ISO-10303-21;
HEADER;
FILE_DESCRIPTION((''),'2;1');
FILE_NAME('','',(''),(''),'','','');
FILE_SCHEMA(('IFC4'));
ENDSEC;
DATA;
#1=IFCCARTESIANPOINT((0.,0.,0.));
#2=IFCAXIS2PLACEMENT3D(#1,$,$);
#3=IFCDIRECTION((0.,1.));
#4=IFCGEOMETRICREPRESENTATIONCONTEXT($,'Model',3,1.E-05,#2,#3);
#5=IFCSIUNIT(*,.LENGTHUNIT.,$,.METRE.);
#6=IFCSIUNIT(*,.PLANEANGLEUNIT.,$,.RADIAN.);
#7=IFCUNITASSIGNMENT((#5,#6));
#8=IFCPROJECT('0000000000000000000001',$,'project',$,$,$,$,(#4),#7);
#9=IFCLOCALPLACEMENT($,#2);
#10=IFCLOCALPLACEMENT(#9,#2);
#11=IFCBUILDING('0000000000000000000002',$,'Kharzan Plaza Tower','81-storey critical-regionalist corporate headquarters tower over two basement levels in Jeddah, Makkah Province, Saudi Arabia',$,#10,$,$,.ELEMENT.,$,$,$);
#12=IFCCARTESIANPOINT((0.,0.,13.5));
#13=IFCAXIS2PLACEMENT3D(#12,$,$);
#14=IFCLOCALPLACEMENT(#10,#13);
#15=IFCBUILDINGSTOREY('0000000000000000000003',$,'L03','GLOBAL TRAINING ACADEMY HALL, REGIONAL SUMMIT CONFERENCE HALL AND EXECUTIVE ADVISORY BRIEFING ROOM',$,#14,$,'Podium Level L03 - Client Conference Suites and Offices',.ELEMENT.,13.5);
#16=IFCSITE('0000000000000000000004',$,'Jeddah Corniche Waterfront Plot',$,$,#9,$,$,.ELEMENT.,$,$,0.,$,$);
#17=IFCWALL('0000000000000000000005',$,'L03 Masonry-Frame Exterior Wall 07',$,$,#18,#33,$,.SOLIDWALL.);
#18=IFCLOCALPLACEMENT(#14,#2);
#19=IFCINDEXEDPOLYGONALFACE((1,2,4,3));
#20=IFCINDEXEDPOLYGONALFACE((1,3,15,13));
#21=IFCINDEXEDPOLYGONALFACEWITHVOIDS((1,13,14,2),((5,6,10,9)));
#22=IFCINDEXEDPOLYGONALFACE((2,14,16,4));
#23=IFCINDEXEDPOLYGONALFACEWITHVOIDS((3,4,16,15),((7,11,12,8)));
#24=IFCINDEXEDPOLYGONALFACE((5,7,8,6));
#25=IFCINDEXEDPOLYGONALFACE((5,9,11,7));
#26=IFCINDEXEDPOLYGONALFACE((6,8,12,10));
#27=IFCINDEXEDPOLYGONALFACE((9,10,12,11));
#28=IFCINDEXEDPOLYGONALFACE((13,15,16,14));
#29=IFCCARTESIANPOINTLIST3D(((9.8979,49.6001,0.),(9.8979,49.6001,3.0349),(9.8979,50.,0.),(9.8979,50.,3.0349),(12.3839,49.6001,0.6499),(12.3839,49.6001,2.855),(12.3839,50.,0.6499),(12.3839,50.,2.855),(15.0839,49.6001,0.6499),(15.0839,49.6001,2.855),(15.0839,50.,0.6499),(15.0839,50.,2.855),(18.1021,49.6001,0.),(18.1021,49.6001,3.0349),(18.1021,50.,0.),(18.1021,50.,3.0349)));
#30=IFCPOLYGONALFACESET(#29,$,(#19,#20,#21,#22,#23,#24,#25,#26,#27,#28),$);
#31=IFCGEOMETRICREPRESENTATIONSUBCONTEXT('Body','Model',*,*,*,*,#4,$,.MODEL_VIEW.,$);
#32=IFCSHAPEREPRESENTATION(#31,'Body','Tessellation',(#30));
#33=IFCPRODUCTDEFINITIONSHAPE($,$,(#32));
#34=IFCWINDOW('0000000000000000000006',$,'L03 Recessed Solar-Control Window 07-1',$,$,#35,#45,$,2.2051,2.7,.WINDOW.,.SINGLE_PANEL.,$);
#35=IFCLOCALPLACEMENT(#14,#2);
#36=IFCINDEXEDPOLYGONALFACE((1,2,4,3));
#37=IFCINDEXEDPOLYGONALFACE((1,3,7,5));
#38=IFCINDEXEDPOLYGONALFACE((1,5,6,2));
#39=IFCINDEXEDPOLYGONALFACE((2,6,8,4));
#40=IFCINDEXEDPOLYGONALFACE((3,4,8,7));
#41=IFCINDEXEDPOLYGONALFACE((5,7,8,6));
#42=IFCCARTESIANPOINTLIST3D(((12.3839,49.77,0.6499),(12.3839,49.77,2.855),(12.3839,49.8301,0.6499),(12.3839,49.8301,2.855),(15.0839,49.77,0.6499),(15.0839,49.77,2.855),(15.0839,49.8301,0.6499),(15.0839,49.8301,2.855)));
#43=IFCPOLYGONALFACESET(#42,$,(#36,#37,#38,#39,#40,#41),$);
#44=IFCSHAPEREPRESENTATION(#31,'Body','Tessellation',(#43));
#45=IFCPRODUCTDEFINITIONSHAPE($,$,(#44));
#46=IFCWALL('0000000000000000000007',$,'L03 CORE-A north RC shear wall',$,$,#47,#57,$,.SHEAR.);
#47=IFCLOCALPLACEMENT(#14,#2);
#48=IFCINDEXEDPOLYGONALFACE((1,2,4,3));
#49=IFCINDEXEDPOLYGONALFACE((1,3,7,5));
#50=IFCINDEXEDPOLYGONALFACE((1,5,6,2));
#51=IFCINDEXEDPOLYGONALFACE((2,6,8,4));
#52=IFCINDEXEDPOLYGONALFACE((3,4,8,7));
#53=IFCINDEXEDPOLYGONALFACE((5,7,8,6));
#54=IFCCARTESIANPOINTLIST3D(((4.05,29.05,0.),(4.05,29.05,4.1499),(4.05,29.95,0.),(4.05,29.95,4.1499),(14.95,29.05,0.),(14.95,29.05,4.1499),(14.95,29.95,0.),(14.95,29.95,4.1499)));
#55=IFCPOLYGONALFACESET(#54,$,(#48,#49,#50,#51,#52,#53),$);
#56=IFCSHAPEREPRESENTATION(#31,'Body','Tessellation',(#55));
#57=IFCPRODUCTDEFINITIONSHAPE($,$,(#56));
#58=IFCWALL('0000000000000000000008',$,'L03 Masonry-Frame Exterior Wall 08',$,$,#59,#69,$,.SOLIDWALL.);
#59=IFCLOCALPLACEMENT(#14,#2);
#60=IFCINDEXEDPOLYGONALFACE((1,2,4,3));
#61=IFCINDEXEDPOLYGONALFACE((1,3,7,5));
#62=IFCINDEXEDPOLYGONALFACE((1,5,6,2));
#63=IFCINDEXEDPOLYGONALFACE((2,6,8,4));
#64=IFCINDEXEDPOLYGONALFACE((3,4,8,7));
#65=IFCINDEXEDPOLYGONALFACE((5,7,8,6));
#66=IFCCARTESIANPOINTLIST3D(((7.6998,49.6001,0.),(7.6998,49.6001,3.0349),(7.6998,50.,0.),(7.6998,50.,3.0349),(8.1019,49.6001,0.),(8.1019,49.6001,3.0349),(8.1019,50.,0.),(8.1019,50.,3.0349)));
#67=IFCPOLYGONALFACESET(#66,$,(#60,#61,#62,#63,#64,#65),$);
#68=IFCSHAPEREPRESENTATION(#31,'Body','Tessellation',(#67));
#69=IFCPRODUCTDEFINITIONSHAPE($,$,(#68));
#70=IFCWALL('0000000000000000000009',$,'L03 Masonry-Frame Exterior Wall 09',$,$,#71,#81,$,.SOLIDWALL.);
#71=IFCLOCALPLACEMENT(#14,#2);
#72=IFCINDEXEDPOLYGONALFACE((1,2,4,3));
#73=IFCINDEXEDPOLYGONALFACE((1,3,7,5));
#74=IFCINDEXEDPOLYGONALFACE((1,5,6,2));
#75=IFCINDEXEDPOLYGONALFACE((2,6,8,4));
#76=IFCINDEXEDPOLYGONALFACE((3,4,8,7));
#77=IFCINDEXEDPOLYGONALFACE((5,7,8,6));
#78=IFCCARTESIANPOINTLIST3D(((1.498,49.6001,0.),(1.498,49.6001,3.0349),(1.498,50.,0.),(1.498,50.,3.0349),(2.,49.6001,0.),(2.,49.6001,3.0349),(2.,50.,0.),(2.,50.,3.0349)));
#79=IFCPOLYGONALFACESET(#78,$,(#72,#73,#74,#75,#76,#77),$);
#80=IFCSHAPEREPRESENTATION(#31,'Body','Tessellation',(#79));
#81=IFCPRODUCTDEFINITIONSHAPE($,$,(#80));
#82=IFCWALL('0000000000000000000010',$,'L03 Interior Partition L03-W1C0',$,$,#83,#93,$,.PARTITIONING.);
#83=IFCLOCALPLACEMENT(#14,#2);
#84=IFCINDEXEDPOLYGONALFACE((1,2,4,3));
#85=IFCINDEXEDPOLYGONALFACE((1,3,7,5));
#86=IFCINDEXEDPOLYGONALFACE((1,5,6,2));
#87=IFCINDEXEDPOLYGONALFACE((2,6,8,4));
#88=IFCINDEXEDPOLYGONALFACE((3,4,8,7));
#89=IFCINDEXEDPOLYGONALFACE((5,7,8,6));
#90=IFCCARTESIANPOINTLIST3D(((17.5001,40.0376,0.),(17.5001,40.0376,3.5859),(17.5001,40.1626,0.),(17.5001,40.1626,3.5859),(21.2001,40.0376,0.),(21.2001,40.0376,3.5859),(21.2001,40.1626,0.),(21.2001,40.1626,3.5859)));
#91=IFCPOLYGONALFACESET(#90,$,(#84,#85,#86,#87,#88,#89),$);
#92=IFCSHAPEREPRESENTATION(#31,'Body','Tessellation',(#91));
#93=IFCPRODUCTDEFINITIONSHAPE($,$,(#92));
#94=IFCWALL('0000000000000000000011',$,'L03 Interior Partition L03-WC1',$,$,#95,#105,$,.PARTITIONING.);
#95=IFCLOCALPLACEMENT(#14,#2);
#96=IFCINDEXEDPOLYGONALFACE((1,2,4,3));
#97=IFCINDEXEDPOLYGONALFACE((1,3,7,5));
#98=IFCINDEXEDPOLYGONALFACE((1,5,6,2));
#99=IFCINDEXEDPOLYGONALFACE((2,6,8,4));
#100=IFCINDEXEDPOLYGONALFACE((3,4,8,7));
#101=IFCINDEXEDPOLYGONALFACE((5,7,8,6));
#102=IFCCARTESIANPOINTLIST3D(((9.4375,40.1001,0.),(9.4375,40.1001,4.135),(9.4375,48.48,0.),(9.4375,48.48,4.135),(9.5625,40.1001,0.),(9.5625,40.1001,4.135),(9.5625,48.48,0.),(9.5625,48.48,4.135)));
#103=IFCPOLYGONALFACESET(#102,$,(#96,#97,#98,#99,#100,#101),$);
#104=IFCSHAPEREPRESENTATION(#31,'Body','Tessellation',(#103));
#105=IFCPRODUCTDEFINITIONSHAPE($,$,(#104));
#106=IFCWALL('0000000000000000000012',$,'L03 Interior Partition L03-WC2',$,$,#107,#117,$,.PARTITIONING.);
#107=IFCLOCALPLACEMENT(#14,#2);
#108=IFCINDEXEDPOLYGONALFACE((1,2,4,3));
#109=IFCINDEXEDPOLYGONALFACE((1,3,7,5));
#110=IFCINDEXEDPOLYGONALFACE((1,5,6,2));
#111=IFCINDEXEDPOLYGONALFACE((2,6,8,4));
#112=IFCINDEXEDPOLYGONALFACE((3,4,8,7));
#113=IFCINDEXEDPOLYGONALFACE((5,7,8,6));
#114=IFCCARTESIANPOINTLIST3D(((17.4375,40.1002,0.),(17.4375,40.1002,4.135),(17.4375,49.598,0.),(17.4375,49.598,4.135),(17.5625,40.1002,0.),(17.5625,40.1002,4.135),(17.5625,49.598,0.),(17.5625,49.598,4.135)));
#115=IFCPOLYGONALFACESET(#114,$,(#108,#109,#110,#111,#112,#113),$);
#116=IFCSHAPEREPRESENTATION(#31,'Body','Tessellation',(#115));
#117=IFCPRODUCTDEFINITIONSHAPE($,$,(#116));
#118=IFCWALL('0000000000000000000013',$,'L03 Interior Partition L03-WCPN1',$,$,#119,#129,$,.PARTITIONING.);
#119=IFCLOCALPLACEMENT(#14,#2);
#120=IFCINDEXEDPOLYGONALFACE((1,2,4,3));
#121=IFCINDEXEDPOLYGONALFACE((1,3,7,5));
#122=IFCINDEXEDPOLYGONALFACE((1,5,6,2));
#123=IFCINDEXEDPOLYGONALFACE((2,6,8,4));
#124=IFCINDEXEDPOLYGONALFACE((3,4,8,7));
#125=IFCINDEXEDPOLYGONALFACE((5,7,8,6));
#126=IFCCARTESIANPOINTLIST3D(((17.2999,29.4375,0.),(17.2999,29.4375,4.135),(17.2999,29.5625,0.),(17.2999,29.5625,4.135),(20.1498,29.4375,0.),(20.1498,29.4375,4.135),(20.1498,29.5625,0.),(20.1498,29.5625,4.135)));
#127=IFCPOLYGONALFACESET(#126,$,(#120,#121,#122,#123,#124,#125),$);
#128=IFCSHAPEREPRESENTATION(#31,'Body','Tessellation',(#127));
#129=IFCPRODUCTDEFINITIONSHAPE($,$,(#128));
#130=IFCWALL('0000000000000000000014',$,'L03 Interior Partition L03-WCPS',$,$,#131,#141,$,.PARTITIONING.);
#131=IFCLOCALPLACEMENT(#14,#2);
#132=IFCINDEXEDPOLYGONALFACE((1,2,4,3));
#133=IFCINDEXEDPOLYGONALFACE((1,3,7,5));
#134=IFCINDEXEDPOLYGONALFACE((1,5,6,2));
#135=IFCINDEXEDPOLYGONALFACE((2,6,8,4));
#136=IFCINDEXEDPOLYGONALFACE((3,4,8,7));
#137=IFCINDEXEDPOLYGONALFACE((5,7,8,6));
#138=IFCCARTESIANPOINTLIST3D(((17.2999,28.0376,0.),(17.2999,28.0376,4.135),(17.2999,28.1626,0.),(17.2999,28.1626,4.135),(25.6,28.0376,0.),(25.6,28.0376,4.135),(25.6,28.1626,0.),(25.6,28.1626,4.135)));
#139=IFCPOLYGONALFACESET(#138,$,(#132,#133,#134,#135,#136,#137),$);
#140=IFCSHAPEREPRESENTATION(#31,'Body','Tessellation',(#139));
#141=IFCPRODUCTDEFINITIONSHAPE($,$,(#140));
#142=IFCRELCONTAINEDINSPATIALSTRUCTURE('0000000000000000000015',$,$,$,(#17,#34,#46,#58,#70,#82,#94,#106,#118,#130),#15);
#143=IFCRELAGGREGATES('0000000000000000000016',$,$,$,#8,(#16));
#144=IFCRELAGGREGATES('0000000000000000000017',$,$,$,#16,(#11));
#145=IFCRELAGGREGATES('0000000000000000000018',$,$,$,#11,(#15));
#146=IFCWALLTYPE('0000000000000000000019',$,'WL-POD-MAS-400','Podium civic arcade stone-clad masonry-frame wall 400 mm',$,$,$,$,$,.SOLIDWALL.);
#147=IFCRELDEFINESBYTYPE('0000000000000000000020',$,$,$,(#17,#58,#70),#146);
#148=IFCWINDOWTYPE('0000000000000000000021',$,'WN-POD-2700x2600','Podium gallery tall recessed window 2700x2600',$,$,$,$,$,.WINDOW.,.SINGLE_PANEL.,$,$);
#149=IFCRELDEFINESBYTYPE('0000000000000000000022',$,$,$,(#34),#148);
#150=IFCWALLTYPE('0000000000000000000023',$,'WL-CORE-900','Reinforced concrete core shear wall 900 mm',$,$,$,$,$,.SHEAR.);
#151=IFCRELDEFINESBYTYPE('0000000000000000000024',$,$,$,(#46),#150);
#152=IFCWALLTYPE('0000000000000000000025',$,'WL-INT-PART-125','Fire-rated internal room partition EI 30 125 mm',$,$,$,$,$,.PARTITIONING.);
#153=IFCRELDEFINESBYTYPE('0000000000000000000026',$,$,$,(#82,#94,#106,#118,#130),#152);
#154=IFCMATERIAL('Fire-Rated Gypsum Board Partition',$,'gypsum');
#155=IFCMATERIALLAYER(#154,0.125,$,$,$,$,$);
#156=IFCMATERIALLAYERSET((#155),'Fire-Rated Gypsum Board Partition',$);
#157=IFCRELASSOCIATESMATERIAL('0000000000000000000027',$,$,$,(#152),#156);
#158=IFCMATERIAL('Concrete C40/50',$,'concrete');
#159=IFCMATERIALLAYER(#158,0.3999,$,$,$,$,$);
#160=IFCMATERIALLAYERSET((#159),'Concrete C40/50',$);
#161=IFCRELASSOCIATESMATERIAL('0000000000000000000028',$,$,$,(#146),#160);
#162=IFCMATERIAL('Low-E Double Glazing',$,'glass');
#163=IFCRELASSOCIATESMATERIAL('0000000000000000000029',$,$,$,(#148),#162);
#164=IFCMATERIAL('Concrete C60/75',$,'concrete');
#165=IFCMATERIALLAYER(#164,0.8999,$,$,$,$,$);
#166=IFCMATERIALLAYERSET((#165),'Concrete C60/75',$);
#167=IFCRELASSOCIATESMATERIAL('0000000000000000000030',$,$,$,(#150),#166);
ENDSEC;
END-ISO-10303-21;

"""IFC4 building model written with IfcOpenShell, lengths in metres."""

from ifc_helpers import new_model, si_unit, direction, frame, frame_2d, origin, place, context, subcontext, project, spatial, rectangle, extrude, source, transform, mapped, material, layer, layer_set, type_object, element, fill, save


model = new_model("IFC4")

# Units and contexts
model_context = context("Model", 3, precision=1e-05, world=origin(), true_north=direction((0.0, 1.0)))
body_context = subcontext(model_context, "Body", "Model", "MODEL_VIEW")
ifc_project = project(units=[si_unit("LENGTHUNIT", "METRE"), si_unit("PLANEANGLEUNIT", "RADIAN")], contexts=[model_context])

# Site, building, storey
site_placement = place(None, origin())
site = spatial("IfcSite", under=ifc_project, at=site_placement, Name="Jeddah Corniche Waterfront Plot", CompositionType="ELEMENT", RefElevation=0.0)
building_placement = place(site_placement, origin())
building = spatial("IfcBuilding", under=site, at=building_placement, Name="Kharzan Plaza Tower", Description="81-storey critical-regionalist corporate headquarters tower over two basement levels in Jeddah, Makkah Province, Saudi Arabia", CompositionType="ELEMENT")
storey_placement = place(building_placement, frame((0.0, 0.0, 13.5)))
storey = spatial("IfcBuildingStorey", under=building, at=storey_placement, Name="L03", Description="GLOBAL TRAINING ACADEMY HALL, REGIONAL SUMMIT CONFERENCE HALL AND EXECUTIVE ADVISORY BRIEFING ROOM", LongName="Podium Level L03 - Client Conference Suites and Offices", CompositionType="ELEMENT", Elevation=13.5)

# Shared definitions
ifc_material_1 = material(Name="Concrete C60/75", Category="concrete")

# Shared definitions
ifc_material_2 = material(Name="Fire-Rated Gypsum Board Partition", Category="gypsum")
ifc_layer_1 = layer(ifc_material_2, 0.125)
ifc_layer_set_1 = layer_set([ifc_layer_1], Name="Fire-Rated Gypsum Board Partition")
wall_type_1 = type_object("IfcWallType", Name="WL-INT-PART-125", Description="Fire-rated internal room partition EI 30 125 mm", PredefinedType="PARTITIONING", material=ifc_layer_set_1)

# Wall, opening, window
ifc_material_3 = material(Name="Concrete C40/50", Category="concrete")
ifc_layer_2 = layer(ifc_material_3, 0.3999)
ifc_layer_set_2 = layer_set([ifc_layer_2], Name="Concrete C40/50")
wall_type_2 = type_object("IfcWallType", Name="WL-POD-MAS-400", Description="Podium civic arcade stone-clad masonry-frame wall 400 mm", PredefinedType="SOLIDWALL", material=ifc_layer_set_2)
wall_1_placement = place(storey_placement, frame((18.1021, 49.8, 0.0), z_axis=(0.0, 0.0, 1.0), x_axis=(-1.0, 0.0, 0.0)))
wall_1 = element("IfcWall", 1, at=wall_1_placement, inside=storey, type_object=wall_type_2, Name="L03 Masonry-Frame Exterior Wall 07", PredefinedType="SOLIDWALL", context=body_context, shape_type="SweptSolid", body=[
    extrude(rectangle(XDim=8.2041, YDim=0.3999, at=frame_2d((4.1021, 0.0))), origin(), (0.0, 0.0, 1.0), 3.0349),
])
opening_1_placement = place(wall_1_placement, frame((3.0181, 0.0, 0.6499)))
opening_1 = element("IfcOpeningElement", 2, at=opening_1_placement, cuts=wall_1, PredefinedType="OPENING", context=body_context, shape_type="SweptSolid", body=[
    extrude(rectangle(XDim=2.7, YDim=2.2051, at=frame_2d((1.3501, 1.1025))), frame((0.0, 0.21, 0.0), z_axis=(0.0, -1.0, 0.0), x_axis=(1.0, 0.0, 0.0)), (0.0, 0.0, 1.0), 0.4199),
])
ifc_material_4 = material(Name="Low-E Double Glazing", Category="glass")
window_type = type_object("IfcWindowType", Name="WN-POD-2700x2600", Description="Podium gallery tall recessed window 2700x2600", PartitioningType="SINGLE_PANEL", PredefinedType="WINDOW", material=ifc_material_4)
shared_shape_1 = source(origin(), body_context, "Body", "SweptSolid", [
    extrude(rectangle(XDim=2.7, YDim=2.2051, at=frame_2d((1.3501, 1.1025))), frame((0.0, 0.03, 0.0), z_axis=(0.0, -1.0, 0.0), x_axis=(1.0, 0.0, 0.0)), (0.0, 0.0, 1.0), 0.0601),
])
window_placement = place(opening_1_placement, origin())
window = element("IfcWindow", 3, at=window_placement, inside=storey, type_object=window_type, Name="L03 Recessed Solar-Control Window 07-1", OverallHeight=2.2051, OverallWidth=2.7, PartitioningType="SINGLE_PANEL", PredefinedType="WINDOW", context=body_context, shape_type="MappedRepresentation", body=[
    mapped(shared_shape_1, transform((0.0, 0.0, 0.0), x_axis=(1.0, 0.0, 0.0), y_axis=(0.0, 1.0, 0.0), z_axis=(0.0, 0.0, 1.0))),
])
fill(opening_1, window)

# Walls
ifc_layer_3 = layer(ifc_material_1, 0.8999)
ifc_layer_set_3 = layer_set([ifc_layer_3], Name="Concrete C60/75")
wall_type_3 = type_object("IfcWallType", Name="WL-CORE-900", Description="Reinforced concrete core shear wall 900 mm", PredefinedType="SHEAR", material=ifc_layer_set_3)
shared_shape_2 = source(origin(), body_context, "Body", "SweptSolid", [
    extrude(rectangle(XDim=10.8999, YDim=0.8999, at=frame_2d((5.45, 0.0))), origin(), (0.0, 0.0, 1.0), 4.1499),
])
wall_2_placement = place(storey_placement, frame((4.05, 29.5, 0.0), z_axis=(0.0, 0.0, 1.0), x_axis=(1.0, 0.0, 0.0)))
element("IfcWall", 4, at=wall_2_placement, inside=storey, type_object=wall_type_3, Name="L03 CORE-A north RC shear wall", PredefinedType="SHEAR", context=body_context, shape_type="MappedRepresentation", body=[
    mapped(shared_shape_2, transform((0.0, 0.0, 0.0), x_axis=(1.0, 0.0, 0.0), y_axis=(0.0, 1.0, 0.0), z_axis=(0.0, 0.0, 1.0))),
])
shared_shape_3 = source(origin(), body_context, "Body", "SweptSolid", [
    extrude(rectangle(XDim=0.4021, YDim=0.3999, at=frame_2d((0.2012, 0.0))), origin(), (0.0, 0.0, 1.0), 3.0349),
])
wall_3_placement = place(storey_placement, frame((8.1021, 49.8, 0.0), z_axis=(0.0, 0.0, 1.0), x_axis=(-1.0, 0.0, 0.0)))
element("IfcWall", 5, at=wall_3_placement, inside=storey, type_object=wall_type_2, Name="L03 Masonry-Frame Exterior Wall 08", PredefinedType="SOLIDWALL", context=body_context, shape_type="MappedRepresentation", body=[
    mapped(shared_shape_3, transform((0.0, 0.0, 0.0), x_axis=(1.0, 0.0, 0.0), y_axis=(0.0, 1.0, 0.0), z_axis=(0.0, 0.0, 1.0))),
])
shared_shape_4 = source(origin(), body_context, "Body", "SweptSolid", [
    extrude(rectangle(XDim=0.502, YDim=0.3999, at=frame_2d((0.251, 0.0))), origin(), (0.0, 0.0, 1.0), 3.0349),
])
wall_4_placement = place(storey_placement, frame((2.0, 49.8, 0.0), z_axis=(0.0, 0.0, 1.0), x_axis=(-1.0, 0.0, 0.0)))
element("IfcWall", 6, at=wall_4_placement, inside=storey, type_object=wall_type_2, Name="L03 Masonry-Frame Exterior Wall 09", PredefinedType="SOLIDWALL", context=body_context, shape_type="MappedRepresentation", body=[
    mapped(shared_shape_4, transform((0.0, 0.0, 0.0), x_axis=(1.0, 0.0, 0.0), y_axis=(0.0, 1.0, 0.0), z_axis=(0.0, 0.0, 1.0))),
])
shared_shape_5 = source(origin(), body_context, "Body", "SweptSolid", [
    extrude(rectangle(XDim=3.7, YDim=0.125, at=frame_2d((1.8501, 0.0))), origin(), (0.0, 0.0, 1.0), 3.5859),
])
wall_5_placement = place(storey_placement, frame((17.5, 40.1001, 0.0), z_axis=(0.0, 0.0, 1.0), x_axis=(1.0, 0.0, 0.0)))
element("IfcWall", 7, at=wall_5_placement, inside=storey, type_object=wall_type_1, Name="L03 Interior Partition L03-W1C0", PredefinedType="PARTITIONING", context=body_context, shape_type="MappedRepresentation", body=[
    mapped(shared_shape_5, transform((0.0, 0.0, 0.0), x_axis=(1.0, 0.0, 0.0), y_axis=(0.0, 1.0, 0.0), z_axis=(0.0, 0.0, 1.0))),
])
shared_shape_6 = source(origin(), body_context, "Body", "SweptSolid", [
    extrude(rectangle(XDim=8.3799, YDim=0.125, at=frame_2d((4.1899, 0.0))), origin(), (0.0, 0.0, 1.0), 4.135),
])
wall_6_placement = place(storey_placement, frame((9.5, 40.1001, 0.0), z_axis=(0.0, 0.0, 1.0), x_axis=(0.0, 1.0, 0.0)))
element("IfcWall", 8, at=wall_6_placement, inside=storey, type_object=wall_type_1, Name="L03 Interior Partition L03-WC1", PredefinedType="PARTITIONING", context=body_context, shape_type="MappedRepresentation", body=[
    mapped(shared_shape_6, transform((0.0, 0.0, 0.0), x_axis=(1.0, 0.0, 0.0), y_axis=(0.0, 1.0, 0.0), z_axis=(0.0, 0.0, 1.0))),
])
shared_shape_7 = source(origin(), body_context, "Body", "SweptSolid", [
    extrude(rectangle(XDim=9.4978, YDim=0.125, at=frame_2d((4.749, 0.0))), origin(), (0.0, 0.0, 1.0), 4.135),
])
wall_7_placement = place(storey_placement, frame((17.5, 40.1001, 0.0), z_axis=(0.0, 0.0, 1.0), x_axis=(0.0, 1.0, 0.0)))
element("IfcWall", 9, at=wall_7_placement, inside=storey, type_object=wall_type_1, Name="L03 Interior Partition L03-WC2", PredefinedType="PARTITIONING", context=body_context, shape_type="MappedRepresentation", body=[
    mapped(shared_shape_7, transform((0.0, 0.0, 0.0), x_axis=(1.0, 0.0, 0.0), y_axis=(0.0, 1.0, 0.0), z_axis=(0.0, 0.0, 1.0))),
])
shared_shape_8 = source(origin(), body_context, "Body", "SweptSolid", [
    extrude(rectangle(XDim=2.8499, YDim=0.125, at=frame_2d((1.4248, 0.0))), origin(), (0.0, 0.0, 1.0), 4.135),
])
wall_8_placement = place(storey_placement, frame((17.3, 29.5, 0.0), z_axis=(0.0, 0.0, 1.0), x_axis=(1.0, 0.0, 0.0)))
element("IfcWall", 10, at=wall_8_placement, inside=storey, type_object=wall_type_1, Name="L03 Interior Partition L03-WCPN1", PredefinedType="PARTITIONING", context=body_context, shape_type="MappedRepresentation", body=[
    mapped(shared_shape_8, transform((0.0, 0.0, 0.0), x_axis=(1.0, 0.0, 0.0), y_axis=(0.0, 1.0, 0.0), z_axis=(0.0, 0.0, 1.0))),
])
shared_shape_9 = source(origin(), body_context, "Body", "SweptSolid", [
    extrude(rectangle(XDim=8.3, YDim=0.125, at=frame_2d((4.1499, 0.0))), origin(), (0.0, 0.0, 1.0), 4.135),
])
wall_9_placement = place(storey_placement, frame((17.3, 28.1001, 0.0), z_axis=(0.0, 0.0, 1.0), x_axis=(1.0, 0.0, 0.0)))
element("IfcWall", 11, at=wall_9_placement, inside=storey, type_object=wall_type_1, Name="L03 Interior Partition L03-WCPS", PredefinedType="PARTITIONING", context=body_context, shape_type="MappedRepresentation", body=[
    mapped(shared_shape_9, transform((0.0, 0.0, 0.0), x_axis=(1.0, 0.0, 0.0), y_axis=(0.0, 1.0, 0.0), z_axis=(0.0, 0.0, 1.0))),
])

save(model, "model.ifc")
